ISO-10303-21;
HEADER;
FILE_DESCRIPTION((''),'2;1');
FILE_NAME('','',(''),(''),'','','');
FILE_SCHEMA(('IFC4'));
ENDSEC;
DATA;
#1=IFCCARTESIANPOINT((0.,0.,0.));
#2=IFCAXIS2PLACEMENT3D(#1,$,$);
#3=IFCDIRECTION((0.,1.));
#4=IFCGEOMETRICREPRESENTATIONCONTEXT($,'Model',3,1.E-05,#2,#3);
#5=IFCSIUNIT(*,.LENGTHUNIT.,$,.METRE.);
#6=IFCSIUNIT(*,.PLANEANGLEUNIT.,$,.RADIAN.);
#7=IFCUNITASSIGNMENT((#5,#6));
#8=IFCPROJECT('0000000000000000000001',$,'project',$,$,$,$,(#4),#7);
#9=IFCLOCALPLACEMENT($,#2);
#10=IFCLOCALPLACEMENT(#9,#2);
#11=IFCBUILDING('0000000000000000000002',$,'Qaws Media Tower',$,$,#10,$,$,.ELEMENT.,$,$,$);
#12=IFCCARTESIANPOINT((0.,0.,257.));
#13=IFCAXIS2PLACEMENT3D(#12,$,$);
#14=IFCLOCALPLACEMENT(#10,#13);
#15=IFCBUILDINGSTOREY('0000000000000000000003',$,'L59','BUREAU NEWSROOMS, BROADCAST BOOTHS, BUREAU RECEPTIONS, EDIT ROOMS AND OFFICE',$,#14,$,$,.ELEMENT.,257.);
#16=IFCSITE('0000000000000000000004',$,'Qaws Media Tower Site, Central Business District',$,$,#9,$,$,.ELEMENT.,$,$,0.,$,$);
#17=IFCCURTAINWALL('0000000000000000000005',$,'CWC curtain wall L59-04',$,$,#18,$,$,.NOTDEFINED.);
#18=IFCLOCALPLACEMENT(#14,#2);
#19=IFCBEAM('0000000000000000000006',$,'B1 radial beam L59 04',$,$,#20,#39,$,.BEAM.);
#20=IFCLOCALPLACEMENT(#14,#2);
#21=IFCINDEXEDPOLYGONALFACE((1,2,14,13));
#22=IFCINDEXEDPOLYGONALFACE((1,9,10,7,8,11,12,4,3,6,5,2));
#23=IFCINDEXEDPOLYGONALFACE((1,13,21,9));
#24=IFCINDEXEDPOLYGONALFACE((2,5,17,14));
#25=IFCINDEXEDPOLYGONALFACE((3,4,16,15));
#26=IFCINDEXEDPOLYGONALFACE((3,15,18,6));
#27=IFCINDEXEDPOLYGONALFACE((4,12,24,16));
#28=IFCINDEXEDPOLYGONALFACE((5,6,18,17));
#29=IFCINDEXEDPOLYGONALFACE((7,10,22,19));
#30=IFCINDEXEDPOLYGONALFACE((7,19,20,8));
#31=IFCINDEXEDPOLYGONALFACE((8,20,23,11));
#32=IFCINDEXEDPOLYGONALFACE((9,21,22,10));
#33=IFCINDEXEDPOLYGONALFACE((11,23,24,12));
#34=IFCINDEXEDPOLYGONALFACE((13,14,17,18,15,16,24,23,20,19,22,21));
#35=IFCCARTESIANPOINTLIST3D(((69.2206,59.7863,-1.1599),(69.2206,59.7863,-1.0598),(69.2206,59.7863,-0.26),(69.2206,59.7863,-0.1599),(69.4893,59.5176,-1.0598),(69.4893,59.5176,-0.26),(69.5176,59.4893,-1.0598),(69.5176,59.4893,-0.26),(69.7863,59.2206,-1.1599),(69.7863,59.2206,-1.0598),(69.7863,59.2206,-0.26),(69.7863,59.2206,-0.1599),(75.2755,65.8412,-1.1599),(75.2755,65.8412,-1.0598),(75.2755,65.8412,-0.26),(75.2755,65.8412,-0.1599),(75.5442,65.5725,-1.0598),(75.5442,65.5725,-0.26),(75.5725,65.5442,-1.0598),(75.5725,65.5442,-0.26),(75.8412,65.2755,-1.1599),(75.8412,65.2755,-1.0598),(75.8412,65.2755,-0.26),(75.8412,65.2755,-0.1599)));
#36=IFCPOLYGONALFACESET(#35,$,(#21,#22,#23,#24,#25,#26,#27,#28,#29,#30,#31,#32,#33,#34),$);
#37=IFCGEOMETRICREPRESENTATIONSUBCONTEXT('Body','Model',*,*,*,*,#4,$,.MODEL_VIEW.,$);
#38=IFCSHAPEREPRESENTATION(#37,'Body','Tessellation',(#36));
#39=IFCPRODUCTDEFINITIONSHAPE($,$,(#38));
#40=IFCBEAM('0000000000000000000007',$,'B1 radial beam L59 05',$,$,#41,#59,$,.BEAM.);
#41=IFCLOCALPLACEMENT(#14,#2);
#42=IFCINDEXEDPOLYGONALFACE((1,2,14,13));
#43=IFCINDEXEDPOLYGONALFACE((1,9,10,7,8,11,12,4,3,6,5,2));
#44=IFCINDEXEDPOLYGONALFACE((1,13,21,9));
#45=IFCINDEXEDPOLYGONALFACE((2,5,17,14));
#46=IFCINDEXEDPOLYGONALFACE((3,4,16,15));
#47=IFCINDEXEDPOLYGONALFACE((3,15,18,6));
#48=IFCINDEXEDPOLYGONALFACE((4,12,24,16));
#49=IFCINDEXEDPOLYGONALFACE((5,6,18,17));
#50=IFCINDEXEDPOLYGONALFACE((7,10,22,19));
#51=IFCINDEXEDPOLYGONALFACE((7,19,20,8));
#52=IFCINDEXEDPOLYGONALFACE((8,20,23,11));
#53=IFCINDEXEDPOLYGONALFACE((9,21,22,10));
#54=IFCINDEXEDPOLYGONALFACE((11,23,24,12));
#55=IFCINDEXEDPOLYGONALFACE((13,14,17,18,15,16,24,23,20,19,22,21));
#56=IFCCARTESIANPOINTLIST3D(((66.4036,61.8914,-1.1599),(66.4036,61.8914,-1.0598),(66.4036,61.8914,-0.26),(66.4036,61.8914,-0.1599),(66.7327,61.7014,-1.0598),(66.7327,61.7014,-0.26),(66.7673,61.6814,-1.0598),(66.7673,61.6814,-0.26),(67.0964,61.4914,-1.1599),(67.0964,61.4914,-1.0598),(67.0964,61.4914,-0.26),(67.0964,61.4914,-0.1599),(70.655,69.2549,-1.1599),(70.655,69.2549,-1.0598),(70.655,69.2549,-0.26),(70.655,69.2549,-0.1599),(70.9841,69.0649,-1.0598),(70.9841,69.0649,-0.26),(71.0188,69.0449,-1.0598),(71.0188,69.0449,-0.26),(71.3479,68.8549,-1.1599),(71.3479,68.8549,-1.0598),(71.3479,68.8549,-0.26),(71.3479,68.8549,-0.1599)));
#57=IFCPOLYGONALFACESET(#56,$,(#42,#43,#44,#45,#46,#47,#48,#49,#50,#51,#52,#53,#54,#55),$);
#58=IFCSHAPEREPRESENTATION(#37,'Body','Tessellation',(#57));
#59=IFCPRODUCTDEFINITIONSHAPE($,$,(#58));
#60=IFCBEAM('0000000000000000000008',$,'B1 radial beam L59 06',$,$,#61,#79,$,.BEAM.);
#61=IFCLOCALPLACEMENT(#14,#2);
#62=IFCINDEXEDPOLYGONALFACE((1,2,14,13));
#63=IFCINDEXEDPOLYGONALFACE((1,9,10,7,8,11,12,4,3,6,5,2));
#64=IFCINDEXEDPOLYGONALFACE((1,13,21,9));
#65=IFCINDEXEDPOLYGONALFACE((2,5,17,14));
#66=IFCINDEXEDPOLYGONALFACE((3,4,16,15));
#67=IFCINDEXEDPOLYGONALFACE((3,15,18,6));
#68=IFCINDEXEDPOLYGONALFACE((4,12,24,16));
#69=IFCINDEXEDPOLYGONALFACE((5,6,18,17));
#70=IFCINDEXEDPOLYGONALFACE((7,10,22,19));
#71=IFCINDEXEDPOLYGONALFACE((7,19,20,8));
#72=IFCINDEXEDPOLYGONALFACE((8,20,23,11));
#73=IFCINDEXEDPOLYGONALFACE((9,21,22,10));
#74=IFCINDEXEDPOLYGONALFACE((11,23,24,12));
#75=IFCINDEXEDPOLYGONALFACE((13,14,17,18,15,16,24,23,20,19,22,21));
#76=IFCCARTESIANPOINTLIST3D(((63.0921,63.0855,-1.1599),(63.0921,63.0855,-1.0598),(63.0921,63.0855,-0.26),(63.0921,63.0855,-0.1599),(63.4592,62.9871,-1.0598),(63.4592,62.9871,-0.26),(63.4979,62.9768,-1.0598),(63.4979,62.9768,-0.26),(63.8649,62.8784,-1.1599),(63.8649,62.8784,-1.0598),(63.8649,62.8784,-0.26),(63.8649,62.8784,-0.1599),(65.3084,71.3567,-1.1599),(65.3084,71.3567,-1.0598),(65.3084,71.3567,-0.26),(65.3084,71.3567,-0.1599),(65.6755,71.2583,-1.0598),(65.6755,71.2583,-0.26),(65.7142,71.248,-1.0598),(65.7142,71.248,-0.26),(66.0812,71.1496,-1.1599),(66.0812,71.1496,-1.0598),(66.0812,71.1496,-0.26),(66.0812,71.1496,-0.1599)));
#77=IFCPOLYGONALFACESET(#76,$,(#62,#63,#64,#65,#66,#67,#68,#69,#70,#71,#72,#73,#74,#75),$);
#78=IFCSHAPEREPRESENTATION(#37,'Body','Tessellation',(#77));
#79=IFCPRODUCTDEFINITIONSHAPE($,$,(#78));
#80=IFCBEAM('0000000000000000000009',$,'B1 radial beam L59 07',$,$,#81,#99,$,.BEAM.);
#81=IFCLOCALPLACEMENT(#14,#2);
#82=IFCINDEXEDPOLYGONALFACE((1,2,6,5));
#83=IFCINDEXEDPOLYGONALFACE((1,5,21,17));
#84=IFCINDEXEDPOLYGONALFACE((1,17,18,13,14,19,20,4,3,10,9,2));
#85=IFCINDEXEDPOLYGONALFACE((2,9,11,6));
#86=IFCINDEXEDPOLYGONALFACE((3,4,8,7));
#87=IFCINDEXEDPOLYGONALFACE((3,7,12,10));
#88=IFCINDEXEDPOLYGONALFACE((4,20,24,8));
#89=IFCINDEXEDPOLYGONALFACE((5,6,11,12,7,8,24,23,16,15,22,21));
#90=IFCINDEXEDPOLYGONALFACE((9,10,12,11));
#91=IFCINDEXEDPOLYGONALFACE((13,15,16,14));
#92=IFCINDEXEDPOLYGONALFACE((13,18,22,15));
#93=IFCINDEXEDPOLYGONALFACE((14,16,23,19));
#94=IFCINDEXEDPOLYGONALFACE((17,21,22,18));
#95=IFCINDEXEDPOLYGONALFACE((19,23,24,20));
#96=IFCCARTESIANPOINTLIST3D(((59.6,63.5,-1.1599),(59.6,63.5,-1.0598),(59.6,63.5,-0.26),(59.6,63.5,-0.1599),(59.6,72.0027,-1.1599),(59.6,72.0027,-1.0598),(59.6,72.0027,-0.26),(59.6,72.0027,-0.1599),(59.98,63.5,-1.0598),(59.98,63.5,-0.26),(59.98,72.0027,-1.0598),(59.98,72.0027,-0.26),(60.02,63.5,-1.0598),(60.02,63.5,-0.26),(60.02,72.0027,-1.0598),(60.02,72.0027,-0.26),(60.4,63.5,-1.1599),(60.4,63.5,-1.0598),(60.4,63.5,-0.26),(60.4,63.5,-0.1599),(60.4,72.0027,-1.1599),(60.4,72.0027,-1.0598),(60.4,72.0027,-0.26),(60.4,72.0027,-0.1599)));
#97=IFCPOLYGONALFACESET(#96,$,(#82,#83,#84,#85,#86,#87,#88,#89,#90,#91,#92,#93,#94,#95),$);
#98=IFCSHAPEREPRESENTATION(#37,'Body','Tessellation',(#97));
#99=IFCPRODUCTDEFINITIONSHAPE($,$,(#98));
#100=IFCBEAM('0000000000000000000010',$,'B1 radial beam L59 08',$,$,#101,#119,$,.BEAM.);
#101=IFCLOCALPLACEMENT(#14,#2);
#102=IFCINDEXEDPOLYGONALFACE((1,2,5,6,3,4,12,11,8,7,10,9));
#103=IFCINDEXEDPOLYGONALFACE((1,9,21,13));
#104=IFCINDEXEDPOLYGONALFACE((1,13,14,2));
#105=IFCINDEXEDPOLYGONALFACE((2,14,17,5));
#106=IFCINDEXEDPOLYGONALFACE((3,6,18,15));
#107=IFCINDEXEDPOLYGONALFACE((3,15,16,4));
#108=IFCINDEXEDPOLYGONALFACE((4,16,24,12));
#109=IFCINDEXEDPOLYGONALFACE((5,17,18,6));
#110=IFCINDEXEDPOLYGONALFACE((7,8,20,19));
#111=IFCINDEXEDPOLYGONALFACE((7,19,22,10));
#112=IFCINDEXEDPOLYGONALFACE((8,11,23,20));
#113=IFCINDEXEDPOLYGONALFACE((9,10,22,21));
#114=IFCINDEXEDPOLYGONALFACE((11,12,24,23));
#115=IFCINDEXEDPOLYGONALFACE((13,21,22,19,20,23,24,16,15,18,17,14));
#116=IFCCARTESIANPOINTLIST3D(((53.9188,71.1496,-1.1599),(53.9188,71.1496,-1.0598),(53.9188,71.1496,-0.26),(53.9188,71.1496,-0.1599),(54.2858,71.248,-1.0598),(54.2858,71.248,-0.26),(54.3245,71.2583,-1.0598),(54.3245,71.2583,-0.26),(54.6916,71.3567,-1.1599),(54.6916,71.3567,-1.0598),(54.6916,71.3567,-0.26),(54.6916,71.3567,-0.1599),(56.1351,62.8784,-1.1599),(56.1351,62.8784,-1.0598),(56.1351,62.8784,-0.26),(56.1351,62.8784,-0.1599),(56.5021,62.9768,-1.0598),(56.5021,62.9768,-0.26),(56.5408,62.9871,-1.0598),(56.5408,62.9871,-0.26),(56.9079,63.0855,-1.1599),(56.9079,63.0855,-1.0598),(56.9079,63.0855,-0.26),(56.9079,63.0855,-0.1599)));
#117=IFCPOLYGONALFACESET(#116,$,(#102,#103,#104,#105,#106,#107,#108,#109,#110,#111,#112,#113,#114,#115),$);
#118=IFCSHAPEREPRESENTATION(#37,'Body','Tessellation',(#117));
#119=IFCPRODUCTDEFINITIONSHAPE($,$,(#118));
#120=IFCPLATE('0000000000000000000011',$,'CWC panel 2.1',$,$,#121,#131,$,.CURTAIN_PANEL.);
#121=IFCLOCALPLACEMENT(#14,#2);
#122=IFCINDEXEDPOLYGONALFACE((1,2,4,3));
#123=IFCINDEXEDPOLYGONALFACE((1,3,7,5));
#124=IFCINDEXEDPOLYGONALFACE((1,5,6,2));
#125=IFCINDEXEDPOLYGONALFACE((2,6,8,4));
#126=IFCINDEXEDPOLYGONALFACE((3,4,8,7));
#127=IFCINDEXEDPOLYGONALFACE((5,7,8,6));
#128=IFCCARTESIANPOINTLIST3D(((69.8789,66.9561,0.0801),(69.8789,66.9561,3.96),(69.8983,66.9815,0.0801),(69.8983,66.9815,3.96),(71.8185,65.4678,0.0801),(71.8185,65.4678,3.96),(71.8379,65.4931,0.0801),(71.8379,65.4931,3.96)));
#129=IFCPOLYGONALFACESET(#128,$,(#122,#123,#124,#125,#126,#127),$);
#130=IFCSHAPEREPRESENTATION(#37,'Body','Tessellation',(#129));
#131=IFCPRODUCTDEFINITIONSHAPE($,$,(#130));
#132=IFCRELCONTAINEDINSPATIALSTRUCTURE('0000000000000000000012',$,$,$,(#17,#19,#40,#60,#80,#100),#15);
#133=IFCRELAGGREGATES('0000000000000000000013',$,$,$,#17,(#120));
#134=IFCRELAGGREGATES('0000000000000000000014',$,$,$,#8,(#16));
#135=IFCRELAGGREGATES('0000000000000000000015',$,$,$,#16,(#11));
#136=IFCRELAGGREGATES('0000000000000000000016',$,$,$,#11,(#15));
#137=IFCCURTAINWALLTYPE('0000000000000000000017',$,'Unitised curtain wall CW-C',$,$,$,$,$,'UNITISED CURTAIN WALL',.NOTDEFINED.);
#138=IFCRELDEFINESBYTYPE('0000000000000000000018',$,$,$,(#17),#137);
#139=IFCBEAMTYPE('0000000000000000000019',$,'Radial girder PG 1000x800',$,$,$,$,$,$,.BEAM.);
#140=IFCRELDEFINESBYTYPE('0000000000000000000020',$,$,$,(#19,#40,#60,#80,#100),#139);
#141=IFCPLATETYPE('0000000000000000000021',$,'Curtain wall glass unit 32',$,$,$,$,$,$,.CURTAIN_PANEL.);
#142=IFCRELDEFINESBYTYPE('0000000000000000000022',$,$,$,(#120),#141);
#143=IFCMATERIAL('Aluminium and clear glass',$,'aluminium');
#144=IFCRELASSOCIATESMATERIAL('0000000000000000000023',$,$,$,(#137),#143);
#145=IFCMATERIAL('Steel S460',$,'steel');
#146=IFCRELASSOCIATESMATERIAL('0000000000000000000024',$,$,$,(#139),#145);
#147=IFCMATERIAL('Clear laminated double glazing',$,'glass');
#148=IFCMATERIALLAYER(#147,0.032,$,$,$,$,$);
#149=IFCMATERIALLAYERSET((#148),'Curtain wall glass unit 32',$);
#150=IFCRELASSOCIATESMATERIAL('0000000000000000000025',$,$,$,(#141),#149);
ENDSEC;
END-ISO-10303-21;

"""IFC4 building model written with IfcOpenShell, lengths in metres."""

from ifc_helpers import new_model, si_unit, direction, frame, origin, origin_2d, place, context, subcontext, project, spatial, rectangle, i_section, extrude, material, layer, layer_set, material_profile, profile_set, type_object, element, aggregate, save


model = new_model("IFC4")

# Units and contexts
model_context = context("Model", 3, precision=1e-05, world=origin(), true_north=direction((0.0, 1.0)))
body_context = subcontext(model_context, "Body", "Model", "MODEL_VIEW")
ifc_project = project(units=[si_unit("LENGTHUNIT", "METRE"), si_unit("PLANEANGLEUNIT", "RADIAN")], contexts=[model_context])

# Site, building, storey
site_placement = place(None, origin())
site = spatial("IfcSite", under=ifc_project, at=site_placement, Name="Qaws Media Tower Site, Central Business District", CompositionType="ELEMENT", RefElevation=0.0)
building_placement = place(site_placement, origin())
building = spatial("IfcBuilding", under=site, at=building_placement, Name="Qaws Media Tower", CompositionType="ELEMENT")
storey_placement = place(building_placement, frame((0.0, 0.0, 257.0)))
storey = spatial("IfcBuildingStorey", under=building, at=storey_placement, Name="L59", Description="BUREAU NEWSROOMS, BROADCAST BOOTHS, BUREAU RECEPTIONS, EDIT ROOMS AND OFFICE", CompositionType="ELEMENT", Elevation=257.0)

# Curtain wall
ifc_material_1 = material(Name="Aluminium and clear glass", Category="aluminium")
curtain_wall_type = type_object("IfcCurtainWallType", Name="Unitised curtain wall CW-C", ElementType="UNITISED CURTAIN WALL", PredefinedType="NOTDEFINED", material=ifc_material_1)
curtain_wall_1_placement = place(storey_placement, origin())
curtain_wall_1 = element("IfcCurtainWall", 1, at=curtain_wall_1_placement, inside=storey, type_object=curtain_wall_type, Name="CWC curtain wall L59-04", PredefinedType="NOTDEFINED")

# Beams
ifc_material_2 = material(Name="Steel S460", Category="steel")
ifc_material_profile_1 = material_profile(ifc_material_2, i_section(OverallWidth=0.8, OverallDepth=1.0, WebThickness=0.04, FlangeThickness=0.1001, at=origin_2d()), Name="PG 1000x800")
ifc_profile_set_1 = profile_set([ifc_material_profile_1], Name="Steel S460")
beam_type_1 = type_object("IfcBeamType", Name="Radial girder PG 1000x800", PredefinedType="BEAM", material=ifc_profile_set_1)
beam_1_placement = place(storey_placement, frame((69.5034, 59.5034, -0.6599), z_axis=(0.707107, 0.707107, 0.0), x_axis=(-0.707107, 0.707107, 0.0)))
element("IfcBeam", 2, at=beam_1_placement, inside=storey, type_object=beam_type_1, Name="B1 radial beam L59 04", PredefinedType="BEAM", context=body_context, shape_type="SweptSolid", body=[
    extrude(i_section(OverallWidth=0.8, OverallDepth=1.0, WebThickness=0.04, FlangeThickness=0.1001, at=origin_2d()), origin(), (0.0, 0.0, 1.0), 8.563),
])
beam_2_placement = place(storey_placement, frame((66.75, 61.6914, -0.6599), z_axis=(0.500012, 0.866019, 0.0), x_axis=(-0.866019, 0.500012, 0.0)))
element("IfcBeam", 3, at=beam_2_placement, inside=storey, type_object=beam_type_1, Name="B1 radial beam L59 05", PredefinedType="BEAM", context=body_context, shape_type="SweptSolid", body=[
    extrude(i_section(OverallWidth=0.8, OverallDepth=1.0, WebThickness=0.04, FlangeThickness=0.1001, at=origin_2d()), origin(), (0.0, 0.0, 1.0), 8.5027),
])
beam_3_placement = place(storey_placement, frame((63.4785, 62.9819, -0.6599), z_axis=(0.258823, 0.965925, 0.0), x_axis=(-0.965925, 0.258823, 0.0)))
element("IfcBeam", 4, at=beam_3_placement, inside=storey, type_object=beam_type_1, Name="B1 radial beam L59 06", PredefinedType="BEAM", context=body_context, shape_type="SweptSolid", body=[
    extrude(i_section(OverallWidth=0.8, OverallDepth=1.0, WebThickness=0.04, FlangeThickness=0.1001, at=origin_2d()), origin(), (0.0, 0.0, 1.0), 8.563),
])
beam_4_placement = place(storey_placement, frame((60.0, 63.5, -0.6599), z_axis=(0.0, 1.0, 0.0), x_axis=(-1.0, 0.0, 0.0)))
element("IfcBeam", 5, at=beam_4_placement, inside=storey, type_object=beam_type_1, Name="B1 radial beam L59 07", PredefinedType="BEAM", context=body_context, shape_type="SweptSolid", body=[
    extrude(i_section(OverallWidth=0.8, OverallDepth=1.0, WebThickness=0.04, FlangeThickness=0.1001, at=origin_2d()), origin(), (0.0, 0.0, 1.0), 8.5027),
])
beam_5_placement = place(storey_placement, frame((56.5215, 62.9819, -0.6599), z_axis=(-0.258823, 0.965925, 0.0), x_axis=(-0.965925, -0.258823, 0.0)))
element("IfcBeam", 6, at=beam_5_placement, inside=storey, type_object=beam_type_1, Name="B1 radial beam L59 08", PredefinedType="BEAM", context=body_context, shape_type="SweptSolid", body=[
    extrude(i_section(OverallWidth=0.8, OverallDepth=1.0, WebThickness=0.04, FlangeThickness=0.1001, at=origin_2d()), origin(), (0.0, 0.0, 1.0), 8.563),
])

# Plate
ifc_material_3 = material(Name="Clear laminated double glazing", Category="glass")
ifc_layer = layer(ifc_material_3, 0.032)
ifc_layer_set = layer_set([ifc_layer], Name="Curtain wall glass unit 32")
plate_type = type_object("IfcPlateType", Name="Curtain wall glass unit 32", PredefinedType="CURTAIN_PANEL", material=ifc_layer_set)
plate_placement = place(storey_placement, frame((70.8584, 66.2246, 0.0801), z_axis=(0.0, 0.0, 1.0), x_axis=(-0.793353, 0.608761, 0.0)))
plate = element("IfcPlate", 7, at=plate_placement, type_object=plate_type, Name="CWC panel 2.1", PredefinedType="CURTAIN_PANEL", context=body_context, shape_type="SweptSolid", body=[
    extrude(rectangle(XDim=2.4448, YDim=0.032, at=origin_2d()), origin(), (0.0, 0.0, 1.0), 3.8799),
])
aggregate(curtain_wall_1, [plate])

save(model, "model.ifc")
